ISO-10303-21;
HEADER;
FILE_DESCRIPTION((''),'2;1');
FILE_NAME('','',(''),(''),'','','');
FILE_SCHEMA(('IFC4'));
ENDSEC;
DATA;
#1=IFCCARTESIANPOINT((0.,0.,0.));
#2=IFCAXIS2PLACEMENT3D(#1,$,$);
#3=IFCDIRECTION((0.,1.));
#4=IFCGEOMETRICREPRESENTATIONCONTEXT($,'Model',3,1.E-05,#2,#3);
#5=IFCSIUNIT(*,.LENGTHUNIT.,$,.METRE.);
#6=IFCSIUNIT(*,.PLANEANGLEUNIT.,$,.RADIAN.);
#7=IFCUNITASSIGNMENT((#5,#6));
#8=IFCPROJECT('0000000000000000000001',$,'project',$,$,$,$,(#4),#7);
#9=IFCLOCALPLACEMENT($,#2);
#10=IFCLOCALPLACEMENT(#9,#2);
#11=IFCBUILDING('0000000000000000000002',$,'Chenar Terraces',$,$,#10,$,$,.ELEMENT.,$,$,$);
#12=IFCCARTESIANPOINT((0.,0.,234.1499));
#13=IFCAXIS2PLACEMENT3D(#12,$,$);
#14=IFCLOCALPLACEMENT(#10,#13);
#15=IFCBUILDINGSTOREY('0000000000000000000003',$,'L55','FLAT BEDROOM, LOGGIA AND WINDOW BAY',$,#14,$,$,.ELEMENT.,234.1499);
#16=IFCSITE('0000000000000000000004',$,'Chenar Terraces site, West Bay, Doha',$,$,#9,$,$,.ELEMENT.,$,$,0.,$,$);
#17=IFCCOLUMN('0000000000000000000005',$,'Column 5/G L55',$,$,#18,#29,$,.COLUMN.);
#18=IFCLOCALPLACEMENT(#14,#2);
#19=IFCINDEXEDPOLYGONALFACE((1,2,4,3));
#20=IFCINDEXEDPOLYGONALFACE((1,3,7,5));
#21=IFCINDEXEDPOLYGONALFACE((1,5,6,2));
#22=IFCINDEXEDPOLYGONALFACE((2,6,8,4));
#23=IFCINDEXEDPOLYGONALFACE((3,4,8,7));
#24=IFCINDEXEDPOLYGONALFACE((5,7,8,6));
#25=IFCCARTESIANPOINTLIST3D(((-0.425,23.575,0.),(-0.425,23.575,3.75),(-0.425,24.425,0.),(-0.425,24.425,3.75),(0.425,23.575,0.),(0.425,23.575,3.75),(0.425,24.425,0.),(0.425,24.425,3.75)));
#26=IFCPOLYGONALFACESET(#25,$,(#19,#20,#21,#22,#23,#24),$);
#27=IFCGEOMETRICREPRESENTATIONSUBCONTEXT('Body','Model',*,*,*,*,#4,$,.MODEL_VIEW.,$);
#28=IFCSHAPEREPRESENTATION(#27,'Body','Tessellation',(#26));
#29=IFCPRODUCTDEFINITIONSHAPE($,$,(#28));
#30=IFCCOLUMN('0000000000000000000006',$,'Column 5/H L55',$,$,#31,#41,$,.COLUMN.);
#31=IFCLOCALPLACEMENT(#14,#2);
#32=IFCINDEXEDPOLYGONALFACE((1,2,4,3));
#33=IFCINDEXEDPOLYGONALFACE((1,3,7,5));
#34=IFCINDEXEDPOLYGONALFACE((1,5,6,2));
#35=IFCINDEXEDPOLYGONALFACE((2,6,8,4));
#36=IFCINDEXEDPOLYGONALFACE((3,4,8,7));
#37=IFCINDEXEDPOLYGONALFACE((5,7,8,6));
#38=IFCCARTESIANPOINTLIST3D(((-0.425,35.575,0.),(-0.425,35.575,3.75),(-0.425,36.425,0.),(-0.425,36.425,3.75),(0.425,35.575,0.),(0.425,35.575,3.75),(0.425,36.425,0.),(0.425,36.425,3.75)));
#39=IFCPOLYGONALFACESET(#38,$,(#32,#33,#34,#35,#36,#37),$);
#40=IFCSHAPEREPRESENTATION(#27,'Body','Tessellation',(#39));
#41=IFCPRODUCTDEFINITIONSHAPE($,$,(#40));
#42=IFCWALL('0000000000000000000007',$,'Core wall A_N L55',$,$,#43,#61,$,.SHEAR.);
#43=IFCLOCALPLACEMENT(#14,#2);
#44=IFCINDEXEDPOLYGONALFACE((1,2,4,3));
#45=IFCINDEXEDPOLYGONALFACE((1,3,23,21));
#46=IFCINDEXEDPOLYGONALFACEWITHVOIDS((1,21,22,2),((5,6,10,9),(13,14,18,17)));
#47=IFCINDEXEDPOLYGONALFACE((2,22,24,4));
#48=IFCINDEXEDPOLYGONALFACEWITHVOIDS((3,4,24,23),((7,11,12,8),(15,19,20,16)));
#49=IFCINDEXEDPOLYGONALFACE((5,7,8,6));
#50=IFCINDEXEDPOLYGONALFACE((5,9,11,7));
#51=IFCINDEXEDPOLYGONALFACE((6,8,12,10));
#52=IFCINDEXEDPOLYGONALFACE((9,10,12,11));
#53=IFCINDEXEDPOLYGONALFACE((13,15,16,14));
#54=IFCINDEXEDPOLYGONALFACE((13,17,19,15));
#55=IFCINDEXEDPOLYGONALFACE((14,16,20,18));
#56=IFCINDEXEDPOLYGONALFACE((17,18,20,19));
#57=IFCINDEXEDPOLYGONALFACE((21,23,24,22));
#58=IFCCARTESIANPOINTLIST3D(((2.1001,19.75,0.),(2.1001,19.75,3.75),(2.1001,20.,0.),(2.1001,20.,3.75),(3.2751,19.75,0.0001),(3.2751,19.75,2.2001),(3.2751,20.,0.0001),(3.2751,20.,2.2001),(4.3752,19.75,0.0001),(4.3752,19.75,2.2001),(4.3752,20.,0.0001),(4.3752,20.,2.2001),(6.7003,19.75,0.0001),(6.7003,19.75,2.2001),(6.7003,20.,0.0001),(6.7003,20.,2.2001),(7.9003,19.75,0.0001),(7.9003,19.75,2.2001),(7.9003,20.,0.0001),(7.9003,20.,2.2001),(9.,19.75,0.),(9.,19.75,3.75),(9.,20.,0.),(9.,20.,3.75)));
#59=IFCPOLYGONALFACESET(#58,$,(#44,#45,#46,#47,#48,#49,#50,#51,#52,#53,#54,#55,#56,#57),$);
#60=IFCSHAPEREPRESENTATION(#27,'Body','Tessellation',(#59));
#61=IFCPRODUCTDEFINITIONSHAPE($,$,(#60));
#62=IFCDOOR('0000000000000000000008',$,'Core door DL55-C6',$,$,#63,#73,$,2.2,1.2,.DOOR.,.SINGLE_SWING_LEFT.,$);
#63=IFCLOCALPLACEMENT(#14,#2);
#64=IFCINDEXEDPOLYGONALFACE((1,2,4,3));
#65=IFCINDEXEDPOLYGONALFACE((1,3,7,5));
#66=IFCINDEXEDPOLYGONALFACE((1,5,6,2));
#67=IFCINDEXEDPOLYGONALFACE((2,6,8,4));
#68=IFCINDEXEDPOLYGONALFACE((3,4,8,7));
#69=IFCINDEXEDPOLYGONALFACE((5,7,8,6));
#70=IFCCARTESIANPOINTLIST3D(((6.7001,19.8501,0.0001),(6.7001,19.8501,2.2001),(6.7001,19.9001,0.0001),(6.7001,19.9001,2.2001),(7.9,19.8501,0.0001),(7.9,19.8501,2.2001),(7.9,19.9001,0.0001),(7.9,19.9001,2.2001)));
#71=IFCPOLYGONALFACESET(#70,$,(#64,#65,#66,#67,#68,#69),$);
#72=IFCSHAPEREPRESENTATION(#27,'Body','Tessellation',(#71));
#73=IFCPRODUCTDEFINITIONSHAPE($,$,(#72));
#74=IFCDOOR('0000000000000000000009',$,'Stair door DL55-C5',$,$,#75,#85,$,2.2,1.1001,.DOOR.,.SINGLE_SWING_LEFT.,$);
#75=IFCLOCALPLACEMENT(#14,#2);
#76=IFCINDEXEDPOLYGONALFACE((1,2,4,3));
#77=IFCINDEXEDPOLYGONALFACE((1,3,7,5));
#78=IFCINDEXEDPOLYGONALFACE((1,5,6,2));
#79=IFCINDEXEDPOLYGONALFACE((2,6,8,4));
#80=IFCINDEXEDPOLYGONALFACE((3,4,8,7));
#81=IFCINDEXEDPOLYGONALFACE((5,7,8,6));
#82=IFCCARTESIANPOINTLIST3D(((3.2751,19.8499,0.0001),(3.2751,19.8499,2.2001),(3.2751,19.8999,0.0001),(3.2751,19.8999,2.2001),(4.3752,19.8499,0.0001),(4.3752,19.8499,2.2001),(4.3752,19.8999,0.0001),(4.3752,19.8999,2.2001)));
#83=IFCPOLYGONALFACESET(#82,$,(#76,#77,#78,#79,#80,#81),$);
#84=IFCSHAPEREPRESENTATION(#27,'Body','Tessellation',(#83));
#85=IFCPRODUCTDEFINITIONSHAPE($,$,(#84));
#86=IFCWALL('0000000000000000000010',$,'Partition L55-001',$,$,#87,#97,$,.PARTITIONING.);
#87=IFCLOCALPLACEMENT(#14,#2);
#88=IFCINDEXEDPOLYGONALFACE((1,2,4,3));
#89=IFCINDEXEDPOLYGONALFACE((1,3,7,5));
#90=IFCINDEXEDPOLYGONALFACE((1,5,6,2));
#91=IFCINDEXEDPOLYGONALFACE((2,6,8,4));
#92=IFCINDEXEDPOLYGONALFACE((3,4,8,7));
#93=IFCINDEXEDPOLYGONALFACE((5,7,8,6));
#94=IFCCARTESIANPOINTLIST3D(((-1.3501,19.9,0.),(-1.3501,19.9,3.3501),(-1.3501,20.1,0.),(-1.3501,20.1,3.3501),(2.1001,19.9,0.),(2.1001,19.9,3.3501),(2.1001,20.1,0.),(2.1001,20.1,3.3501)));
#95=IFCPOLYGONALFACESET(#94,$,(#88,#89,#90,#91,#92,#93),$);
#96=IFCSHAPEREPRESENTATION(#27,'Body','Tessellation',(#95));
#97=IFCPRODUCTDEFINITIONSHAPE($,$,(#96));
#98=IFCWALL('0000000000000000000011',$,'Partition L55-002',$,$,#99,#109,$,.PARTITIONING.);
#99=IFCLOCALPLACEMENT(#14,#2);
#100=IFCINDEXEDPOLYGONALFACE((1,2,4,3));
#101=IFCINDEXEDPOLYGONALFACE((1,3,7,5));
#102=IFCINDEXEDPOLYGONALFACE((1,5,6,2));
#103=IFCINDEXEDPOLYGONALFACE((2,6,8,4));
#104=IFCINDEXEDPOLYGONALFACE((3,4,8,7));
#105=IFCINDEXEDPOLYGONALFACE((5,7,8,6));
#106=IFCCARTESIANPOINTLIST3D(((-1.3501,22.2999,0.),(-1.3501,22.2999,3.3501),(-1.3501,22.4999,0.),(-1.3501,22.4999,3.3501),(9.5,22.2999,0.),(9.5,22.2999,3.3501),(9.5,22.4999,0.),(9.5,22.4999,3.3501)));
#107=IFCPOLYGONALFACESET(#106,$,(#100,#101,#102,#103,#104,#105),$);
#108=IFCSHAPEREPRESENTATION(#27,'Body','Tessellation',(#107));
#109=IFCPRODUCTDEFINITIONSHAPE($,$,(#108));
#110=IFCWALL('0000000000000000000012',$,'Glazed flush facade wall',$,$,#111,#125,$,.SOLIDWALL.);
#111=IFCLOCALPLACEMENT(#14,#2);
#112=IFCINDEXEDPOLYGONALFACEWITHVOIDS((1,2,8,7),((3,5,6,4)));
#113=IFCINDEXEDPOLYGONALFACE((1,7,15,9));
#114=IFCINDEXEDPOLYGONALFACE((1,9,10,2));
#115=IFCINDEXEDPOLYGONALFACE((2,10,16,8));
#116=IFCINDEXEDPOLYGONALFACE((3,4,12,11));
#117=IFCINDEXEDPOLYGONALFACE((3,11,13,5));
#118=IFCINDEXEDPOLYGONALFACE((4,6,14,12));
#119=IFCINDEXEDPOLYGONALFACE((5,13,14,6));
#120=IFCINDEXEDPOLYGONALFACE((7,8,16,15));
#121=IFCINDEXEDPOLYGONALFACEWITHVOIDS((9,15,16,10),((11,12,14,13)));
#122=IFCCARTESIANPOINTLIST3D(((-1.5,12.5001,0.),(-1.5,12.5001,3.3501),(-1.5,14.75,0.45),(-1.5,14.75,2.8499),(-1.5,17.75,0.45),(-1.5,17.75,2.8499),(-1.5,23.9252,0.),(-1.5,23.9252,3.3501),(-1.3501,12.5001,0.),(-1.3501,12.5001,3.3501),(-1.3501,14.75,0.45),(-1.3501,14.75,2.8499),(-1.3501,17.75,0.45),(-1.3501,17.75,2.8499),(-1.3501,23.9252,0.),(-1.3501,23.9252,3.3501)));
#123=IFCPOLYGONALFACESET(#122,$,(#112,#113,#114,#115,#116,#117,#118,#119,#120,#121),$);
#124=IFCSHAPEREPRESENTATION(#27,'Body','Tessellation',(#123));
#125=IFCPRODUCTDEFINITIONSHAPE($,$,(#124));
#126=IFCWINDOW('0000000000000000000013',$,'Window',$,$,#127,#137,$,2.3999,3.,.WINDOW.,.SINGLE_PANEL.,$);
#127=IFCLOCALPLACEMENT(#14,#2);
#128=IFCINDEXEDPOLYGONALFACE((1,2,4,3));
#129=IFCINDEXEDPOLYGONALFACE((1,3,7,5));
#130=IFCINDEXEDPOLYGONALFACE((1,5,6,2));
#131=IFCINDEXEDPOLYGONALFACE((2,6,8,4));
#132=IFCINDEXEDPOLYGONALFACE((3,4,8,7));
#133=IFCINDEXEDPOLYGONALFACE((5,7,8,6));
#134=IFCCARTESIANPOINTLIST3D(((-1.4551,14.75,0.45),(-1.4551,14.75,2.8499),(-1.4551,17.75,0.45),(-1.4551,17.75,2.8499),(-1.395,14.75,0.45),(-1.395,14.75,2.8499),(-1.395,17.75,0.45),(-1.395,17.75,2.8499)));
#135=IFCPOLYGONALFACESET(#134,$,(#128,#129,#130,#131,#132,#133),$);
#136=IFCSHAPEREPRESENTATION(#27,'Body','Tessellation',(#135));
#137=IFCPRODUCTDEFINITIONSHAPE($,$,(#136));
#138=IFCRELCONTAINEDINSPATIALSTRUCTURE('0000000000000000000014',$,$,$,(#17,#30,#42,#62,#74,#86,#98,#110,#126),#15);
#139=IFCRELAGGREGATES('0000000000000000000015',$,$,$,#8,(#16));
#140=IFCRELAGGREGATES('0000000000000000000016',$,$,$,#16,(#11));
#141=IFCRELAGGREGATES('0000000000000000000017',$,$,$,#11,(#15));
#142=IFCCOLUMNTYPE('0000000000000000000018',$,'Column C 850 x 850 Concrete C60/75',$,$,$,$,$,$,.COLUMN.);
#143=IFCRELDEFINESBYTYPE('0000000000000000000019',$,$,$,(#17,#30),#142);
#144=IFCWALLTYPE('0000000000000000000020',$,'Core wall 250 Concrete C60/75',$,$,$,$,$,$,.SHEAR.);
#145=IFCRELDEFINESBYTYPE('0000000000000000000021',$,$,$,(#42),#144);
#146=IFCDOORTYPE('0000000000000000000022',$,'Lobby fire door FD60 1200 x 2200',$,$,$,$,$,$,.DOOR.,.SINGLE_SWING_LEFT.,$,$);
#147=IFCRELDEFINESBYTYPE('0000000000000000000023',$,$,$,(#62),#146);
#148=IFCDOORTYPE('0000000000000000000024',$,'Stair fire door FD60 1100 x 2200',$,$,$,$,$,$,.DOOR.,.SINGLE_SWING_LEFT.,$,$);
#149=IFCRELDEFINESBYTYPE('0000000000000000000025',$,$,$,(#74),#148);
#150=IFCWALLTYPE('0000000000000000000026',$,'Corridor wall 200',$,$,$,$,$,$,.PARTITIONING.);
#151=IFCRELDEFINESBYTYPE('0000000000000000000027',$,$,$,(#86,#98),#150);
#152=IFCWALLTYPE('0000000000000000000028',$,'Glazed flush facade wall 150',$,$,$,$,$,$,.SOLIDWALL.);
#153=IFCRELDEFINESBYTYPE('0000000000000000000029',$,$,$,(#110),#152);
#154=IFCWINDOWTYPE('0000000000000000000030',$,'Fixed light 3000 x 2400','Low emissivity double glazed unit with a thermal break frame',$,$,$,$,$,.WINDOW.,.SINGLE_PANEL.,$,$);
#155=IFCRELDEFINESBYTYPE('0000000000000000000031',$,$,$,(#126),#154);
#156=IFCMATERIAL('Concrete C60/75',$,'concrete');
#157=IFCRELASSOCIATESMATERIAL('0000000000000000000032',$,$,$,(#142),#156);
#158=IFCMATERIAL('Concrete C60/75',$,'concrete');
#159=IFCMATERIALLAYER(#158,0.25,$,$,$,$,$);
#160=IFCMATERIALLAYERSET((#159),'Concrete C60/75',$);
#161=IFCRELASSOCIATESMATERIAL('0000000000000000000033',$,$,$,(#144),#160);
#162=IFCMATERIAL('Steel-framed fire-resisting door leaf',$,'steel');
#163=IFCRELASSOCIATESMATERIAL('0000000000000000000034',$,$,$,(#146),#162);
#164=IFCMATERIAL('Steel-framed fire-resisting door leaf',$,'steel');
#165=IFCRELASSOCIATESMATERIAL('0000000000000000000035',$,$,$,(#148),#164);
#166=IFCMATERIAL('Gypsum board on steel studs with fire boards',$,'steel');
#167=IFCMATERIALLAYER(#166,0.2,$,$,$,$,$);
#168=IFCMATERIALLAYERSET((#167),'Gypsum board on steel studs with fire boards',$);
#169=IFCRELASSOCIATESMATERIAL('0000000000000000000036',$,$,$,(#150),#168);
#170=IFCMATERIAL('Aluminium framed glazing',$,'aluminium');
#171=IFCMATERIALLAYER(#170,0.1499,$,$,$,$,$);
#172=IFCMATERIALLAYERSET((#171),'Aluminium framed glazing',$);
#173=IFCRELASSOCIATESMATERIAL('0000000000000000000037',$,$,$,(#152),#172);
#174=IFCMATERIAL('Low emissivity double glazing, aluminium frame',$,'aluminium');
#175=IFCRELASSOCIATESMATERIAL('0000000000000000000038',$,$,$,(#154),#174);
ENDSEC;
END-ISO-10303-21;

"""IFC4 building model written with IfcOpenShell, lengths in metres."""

from ifc_helpers import new_model, si_unit, direction, frame, frame_2d, origin, origin_2d, place, context, subcontext, project, spatial, rectangle, extrude, material, layer, layer_set, material_profile, profile_set, type_object, element, fill, save


model = new_model("IFC4")

# Units and contexts
model_context = context("Model", 3, precision=1e-05, world=origin(), true_north=direction((0.0, 1.0)))
body_context = subcontext(model_context, "Body", "Model", "MODEL_VIEW")
ifc_project = project(units=[si_unit("LENGTHUNIT", "METRE"), si_unit("PLANEANGLEUNIT", "RADIAN")], contexts=[model_context])

# Site, building, storey
site_placement = place(None, origin())
site = spatial("IfcSite", under=ifc_project, at=site_placement, Name="Chenar Terraces site, West Bay, Doha", CompositionType="ELEMENT", RefElevation=0.0)
building_placement = place(site_placement, origin())
building = spatial("IfcBuilding", under=site, at=building_placement, Name="Chenar Terraces", CompositionType="ELEMENT")
storey_placement = place(building_placement, frame((0.0, 0.0, 234.1499)))
storey = spatial("IfcBuildingStorey", under=building, at=storey_placement, Name="L55", Description="FLAT BEDROOM, LOGGIA AND WINDOW BAY", CompositionType="ELEMENT", Elevation=234.1499)

# Columns
ifc_material_1 = material(Name="Concrete C60/75", Category="concrete")
ifc_material_profile_1 = material_profile(ifc_material_1, rectangle(XDim=0.8501, YDim=0.8501, at=origin_2d()), Name="C 850 x 850")
ifc_profile_set_1 = profile_set([ifc_material_profile_1], Name="Concrete C60/75")
column_type = type_object("IfcColumnType", Name="Column C 850 x 850 Concrete C60/75", PredefinedType="COLUMN", material=ifc_profile_set_1)
column_1_placement = place(storey_placement, frame((0.0, 24.0, 0.0), z_axis=(0.0, 0.0, 1.0), x_axis=(1.0, 0.0, 0.0)))
element("IfcColumn", 1, at=column_1_placement, inside=storey, type_object=column_type, Name="Column 5/G L55", PredefinedType="COLUMN", context=body_context, shape_type="SweptSolid", body=[
    extrude(rectangle(XDim=0.8501, YDim=0.8501, at=origin_2d()), origin(), (0.0, 0.0, 1.0), 3.75),
])
column_2_placement = place(storey_placement, frame((0.0, 36.0, 0.0), z_axis=(0.0, 0.0, 1.0), x_axis=(1.0, 0.0, 0.0)))
element("IfcColumn", 2, at=column_2_placement, inside=storey, type_object=column_type, Name="Column 5/H L55", PredefinedType="COLUMN", context=body_context, shape_type="SweptSolid", body=[
    extrude(rectangle(XDim=0.8501, YDim=0.8501, at=origin_2d()), origin(), (0.0, 0.0, 1.0), 3.75),
])

# Wall, openings, doors
ifc_material_2 = material(Name="Concrete C60/75", Category="concrete")
ifc_layer_1 = layer(ifc_material_2, 0.25)
ifc_layer_set_1 = layer_set([ifc_layer_1], Name="Concrete C60/75")
wall_type_1 = type_object("IfcWallType", Name="Core wall 250 Concrete C60/75", PredefinedType="SHEAR", material=ifc_layer_set_1)
wall_1_placement = place(storey_placement, frame((2.1001, 19.875, 0.0), z_axis=(0.0, 0.0, 1.0), x_axis=(1.0, 0.0, 0.0)))
wall_1 = element("IfcWall", 3, at=wall_1_placement, inside=storey, type_object=wall_type_1, Name="Core wall A_N L55", PredefinedType="SHEAR", context=body_context, shape_type="SweptSolid", body=[
    extrude(rectangle(XDim=6.8999, YDim=0.25, at=frame_2d((3.45, 0.0))), origin(), (0.0, 0.0, 1.0), 3.75),
])
opening_1_placement = place(wall_1_placement, frame((1.175, 0.0, 0.0)))
opening_1 = element("IfcOpeningElement", 4, at=opening_1_placement, cuts=wall_1, PredefinedType="OPENING", context=body_context, shape_type="SweptSolid", body=[
    extrude(rectangle(XDim=1.1001, YDim=2.2, at=frame_2d((0.55, 1.1001))), frame((0.0, 0.135, 0.0), z_axis=(0.0, -1.0, 0.0), x_axis=(1.0, 0.0, 0.0)), (0.0, 0.0, 1.0), 0.27),
])
opening_2_placement = place(wall_1_placement, frame((4.6001, 0.0, 0.0)))
opening_2 = element("IfcOpeningElement", 5, at=opening_2_placement, cuts=wall_1, PredefinedType="OPENING", context=body_context, shape_type="SweptSolid", body=[
    extrude(rectangle(XDim=1.2, YDim=2.2, at=frame_2d((0.6001, 1.1001))), frame((0.0, 0.135, 0.0), z_axis=(0.0, -1.0, 0.0), x_axis=(1.0, 0.0, 0.0)), (0.0, 0.0, 1.0), 0.27),
])
ifc_material_3 = material(Name="Steel-framed fire-resisting door leaf", Category="steel")
door_type_1 = type_object("IfcDoorType", Name="Lobby fire door FD60 1200 x 2200", OperationType="SINGLE_SWING_LEFT", PredefinedType="DOOR", material=ifc_material_3)
door_1_placement = place(opening_2_placement, frame((1.2, 0.0, 0.0), z_axis=(0.0, 0.0, 1.0), x_axis=(-1.0, 0.0, 0.0)))
door_1 = element("IfcDoor", 6, at=door_1_placement, inside=storey, type_object=door_type_1, Name="Core door DL55-C6", OperationType="SINGLE_SWING_LEFT", OverallHeight=2.2, OverallWidth=1.2, PredefinedType="DOOR", context=body_context, shape_type="SweptSolid", body=[
    extrude(rectangle(XDim=1.2, YDim=2.2, at=frame_2d((0.6001, 1.1001))), frame((0.0, 0.0249, 0.0), z_axis=(0.0, -1.0, 0.0), x_axis=(1.0, 0.0, 0.0)), (0.0, 0.0, 1.0), 0.05),
])
fill(opening_2, door_1)
ifc_material_4 = material(Name="Steel-framed fire-resisting door leaf", Category="steel")
door_type_2 = type_object("IfcDoorType", Name="Stair fire door FD60 1100 x 2200", OperationType="SINGLE_SWING_LEFT", PredefinedType="DOOR", material=ifc_material_4)
door_2_placement = place(opening_1_placement, origin())
door_2 = element("IfcDoor", 7, at=door_2_placement, inside=storey, type_object=door_type_2, Name="Stair door DL55-C5", OperationType="SINGLE_SWING_LEFT", OverallHeight=2.2, OverallWidth=1.1001, PredefinedType="DOOR", context=body_context, shape_type="SweptSolid", body=[
    extrude(rectangle(XDim=1.1001, YDim=2.2, at=frame_2d((0.55, 1.1001))), frame((0.0, 0.0249, 0.0), z_axis=(0.0, -1.0, 0.0), x_axis=(1.0, 0.0, 0.0)), (0.0, 0.0, 1.0), 0.05),
])
fill(opening_1, door_2)

# Walls
ifc_material_5 = material(Name="Gypsum board on steel studs with fire boards", Category="steel")
ifc_layer_2 = layer(ifc_material_5, 0.2)
ifc_layer_set_2 = layer_set([ifc_layer_2], Name="Gypsum board on steel studs with fire boards")
wall_type_2 = type_object("IfcWallType", Name="Corridor wall 200", PredefinedType="PARTITIONING", material=ifc_layer_set_2)
wall_2_placement = place(storey_placement, frame((-1.3501, 20.0, 0.0), z_axis=(0.0, 0.0, 1.0), x_axis=(1.0, 0.0, 0.0)))
element("IfcWall", 8, at=wall_2_placement, inside=storey, type_object=wall_type_2, Name="Partition L55-001", PredefinedType="PARTITIONING", context=body_context, shape_type="SweptSolid", body=[
    extrude(rectangle(XDim=3.4502, YDim=0.2, at=frame_2d((1.7251, 0.0))), origin(), (0.0, 0.0, 1.0), 3.3501),
])
wall_3_placement = place(storey_placement, frame((-1.3501, 22.3999, 0.0), z_axis=(0.0, 0.0, 1.0), x_axis=(1.0, 0.0, 0.0)))
element("IfcWall", 9, at=wall_3_placement, inside=storey, type_object=wall_type_2, Name="Partition L55-002", PredefinedType="PARTITIONING", context=body_context, shape_type="SweptSolid", body=[
    extrude(rectangle(XDim=10.8501, YDim=0.2, at=frame_2d((5.425, 0.0))), origin(), (0.0, 0.0, 1.0), 3.3501),
])

# Wall, opening, window
ifc_material_6 = material(Name="Aluminium framed glazing", Category="aluminium")
ifc_layer_3 = layer(ifc_material_6, 0.1499)
ifc_layer_set_3 = layer_set([ifc_layer_3], Name="Aluminium framed glazing")
wall_type_3 = type_object("IfcWallType", Name="Glazed flush facade wall 150", PredefinedType="SOLIDWALL", material=ifc_layer_set_3)
wall_4_placement = place(storey_placement, frame((-1.425, 23.925, 0.0), z_axis=(0.0, 0.0, 1.0), x_axis=(0.0, -1.0, 0.0)))
wall_4 = element("IfcWall", 10, at=wall_4_placement, inside=storey, type_object=wall_type_3, Name="Glazed flush facade wall", PredefinedType="SOLIDWALL", context=body_context, shape_type="SweptSolid", body=[
    extrude(rectangle(XDim=11.425, YDim=0.1499, at=frame_2d((5.7124, 0.0))), origin(), (0.0, 0.0, 1.0), 3.3501),
])
opening_3_placement = place(wall_4_placement, frame((6.175, 0.0, 0.45)))
opening_3 = element("IfcOpeningElement", 11, at=opening_3_placement, cuts=wall_4, PredefinedType="OPENING", context=body_context, shape_type="SweptSolid", body=[
    extrude(rectangle(XDim=3.0, YDim=2.3999, at=frame_2d((1.5, 1.2))), frame((0.0, 0.085, 0.0), z_axis=(0.0, -1.0, 0.0), x_axis=(1.0, 0.0, 0.0)), (0.0, 0.0, 1.0), 0.1699),
])
ifc_material_7 = material(Name="Low emissivity double glazing, aluminium frame", Category="aluminium")
window_type_1 = type_object("IfcWindowType", Name="Fixed light 3000 x 2400", Description="Low emissivity double glazed unit with a thermal break frame", PartitioningType="SINGLE_PANEL", PredefinedType="WINDOW", material=ifc_material_7)
window_1_placement = place(opening_3_placement, origin())
window_1 = element("IfcWindow", 12, at=window_1_placement, inside=storey, type_object=window_type_1, Name="Window", OverallHeight=2.3999, OverallWidth=3.0, PartitioningType="SINGLE_PANEL", PredefinedType="WINDOW", context=body_context, shape_type="SweptSolid", body=[
    extrude(rectangle(XDim=3.0, YDim=2.3999, at=frame_2d((1.5, 1.2))), frame((0.0, 0.03, 0.0), z_axis=(0.0, -1.0, 0.0), x_axis=(1.0, 0.0, 0.0)), (0.0, 0.0, 1.0), 0.0601),
])
fill(opening_3, window_1)

save(model, "model.ifc")
